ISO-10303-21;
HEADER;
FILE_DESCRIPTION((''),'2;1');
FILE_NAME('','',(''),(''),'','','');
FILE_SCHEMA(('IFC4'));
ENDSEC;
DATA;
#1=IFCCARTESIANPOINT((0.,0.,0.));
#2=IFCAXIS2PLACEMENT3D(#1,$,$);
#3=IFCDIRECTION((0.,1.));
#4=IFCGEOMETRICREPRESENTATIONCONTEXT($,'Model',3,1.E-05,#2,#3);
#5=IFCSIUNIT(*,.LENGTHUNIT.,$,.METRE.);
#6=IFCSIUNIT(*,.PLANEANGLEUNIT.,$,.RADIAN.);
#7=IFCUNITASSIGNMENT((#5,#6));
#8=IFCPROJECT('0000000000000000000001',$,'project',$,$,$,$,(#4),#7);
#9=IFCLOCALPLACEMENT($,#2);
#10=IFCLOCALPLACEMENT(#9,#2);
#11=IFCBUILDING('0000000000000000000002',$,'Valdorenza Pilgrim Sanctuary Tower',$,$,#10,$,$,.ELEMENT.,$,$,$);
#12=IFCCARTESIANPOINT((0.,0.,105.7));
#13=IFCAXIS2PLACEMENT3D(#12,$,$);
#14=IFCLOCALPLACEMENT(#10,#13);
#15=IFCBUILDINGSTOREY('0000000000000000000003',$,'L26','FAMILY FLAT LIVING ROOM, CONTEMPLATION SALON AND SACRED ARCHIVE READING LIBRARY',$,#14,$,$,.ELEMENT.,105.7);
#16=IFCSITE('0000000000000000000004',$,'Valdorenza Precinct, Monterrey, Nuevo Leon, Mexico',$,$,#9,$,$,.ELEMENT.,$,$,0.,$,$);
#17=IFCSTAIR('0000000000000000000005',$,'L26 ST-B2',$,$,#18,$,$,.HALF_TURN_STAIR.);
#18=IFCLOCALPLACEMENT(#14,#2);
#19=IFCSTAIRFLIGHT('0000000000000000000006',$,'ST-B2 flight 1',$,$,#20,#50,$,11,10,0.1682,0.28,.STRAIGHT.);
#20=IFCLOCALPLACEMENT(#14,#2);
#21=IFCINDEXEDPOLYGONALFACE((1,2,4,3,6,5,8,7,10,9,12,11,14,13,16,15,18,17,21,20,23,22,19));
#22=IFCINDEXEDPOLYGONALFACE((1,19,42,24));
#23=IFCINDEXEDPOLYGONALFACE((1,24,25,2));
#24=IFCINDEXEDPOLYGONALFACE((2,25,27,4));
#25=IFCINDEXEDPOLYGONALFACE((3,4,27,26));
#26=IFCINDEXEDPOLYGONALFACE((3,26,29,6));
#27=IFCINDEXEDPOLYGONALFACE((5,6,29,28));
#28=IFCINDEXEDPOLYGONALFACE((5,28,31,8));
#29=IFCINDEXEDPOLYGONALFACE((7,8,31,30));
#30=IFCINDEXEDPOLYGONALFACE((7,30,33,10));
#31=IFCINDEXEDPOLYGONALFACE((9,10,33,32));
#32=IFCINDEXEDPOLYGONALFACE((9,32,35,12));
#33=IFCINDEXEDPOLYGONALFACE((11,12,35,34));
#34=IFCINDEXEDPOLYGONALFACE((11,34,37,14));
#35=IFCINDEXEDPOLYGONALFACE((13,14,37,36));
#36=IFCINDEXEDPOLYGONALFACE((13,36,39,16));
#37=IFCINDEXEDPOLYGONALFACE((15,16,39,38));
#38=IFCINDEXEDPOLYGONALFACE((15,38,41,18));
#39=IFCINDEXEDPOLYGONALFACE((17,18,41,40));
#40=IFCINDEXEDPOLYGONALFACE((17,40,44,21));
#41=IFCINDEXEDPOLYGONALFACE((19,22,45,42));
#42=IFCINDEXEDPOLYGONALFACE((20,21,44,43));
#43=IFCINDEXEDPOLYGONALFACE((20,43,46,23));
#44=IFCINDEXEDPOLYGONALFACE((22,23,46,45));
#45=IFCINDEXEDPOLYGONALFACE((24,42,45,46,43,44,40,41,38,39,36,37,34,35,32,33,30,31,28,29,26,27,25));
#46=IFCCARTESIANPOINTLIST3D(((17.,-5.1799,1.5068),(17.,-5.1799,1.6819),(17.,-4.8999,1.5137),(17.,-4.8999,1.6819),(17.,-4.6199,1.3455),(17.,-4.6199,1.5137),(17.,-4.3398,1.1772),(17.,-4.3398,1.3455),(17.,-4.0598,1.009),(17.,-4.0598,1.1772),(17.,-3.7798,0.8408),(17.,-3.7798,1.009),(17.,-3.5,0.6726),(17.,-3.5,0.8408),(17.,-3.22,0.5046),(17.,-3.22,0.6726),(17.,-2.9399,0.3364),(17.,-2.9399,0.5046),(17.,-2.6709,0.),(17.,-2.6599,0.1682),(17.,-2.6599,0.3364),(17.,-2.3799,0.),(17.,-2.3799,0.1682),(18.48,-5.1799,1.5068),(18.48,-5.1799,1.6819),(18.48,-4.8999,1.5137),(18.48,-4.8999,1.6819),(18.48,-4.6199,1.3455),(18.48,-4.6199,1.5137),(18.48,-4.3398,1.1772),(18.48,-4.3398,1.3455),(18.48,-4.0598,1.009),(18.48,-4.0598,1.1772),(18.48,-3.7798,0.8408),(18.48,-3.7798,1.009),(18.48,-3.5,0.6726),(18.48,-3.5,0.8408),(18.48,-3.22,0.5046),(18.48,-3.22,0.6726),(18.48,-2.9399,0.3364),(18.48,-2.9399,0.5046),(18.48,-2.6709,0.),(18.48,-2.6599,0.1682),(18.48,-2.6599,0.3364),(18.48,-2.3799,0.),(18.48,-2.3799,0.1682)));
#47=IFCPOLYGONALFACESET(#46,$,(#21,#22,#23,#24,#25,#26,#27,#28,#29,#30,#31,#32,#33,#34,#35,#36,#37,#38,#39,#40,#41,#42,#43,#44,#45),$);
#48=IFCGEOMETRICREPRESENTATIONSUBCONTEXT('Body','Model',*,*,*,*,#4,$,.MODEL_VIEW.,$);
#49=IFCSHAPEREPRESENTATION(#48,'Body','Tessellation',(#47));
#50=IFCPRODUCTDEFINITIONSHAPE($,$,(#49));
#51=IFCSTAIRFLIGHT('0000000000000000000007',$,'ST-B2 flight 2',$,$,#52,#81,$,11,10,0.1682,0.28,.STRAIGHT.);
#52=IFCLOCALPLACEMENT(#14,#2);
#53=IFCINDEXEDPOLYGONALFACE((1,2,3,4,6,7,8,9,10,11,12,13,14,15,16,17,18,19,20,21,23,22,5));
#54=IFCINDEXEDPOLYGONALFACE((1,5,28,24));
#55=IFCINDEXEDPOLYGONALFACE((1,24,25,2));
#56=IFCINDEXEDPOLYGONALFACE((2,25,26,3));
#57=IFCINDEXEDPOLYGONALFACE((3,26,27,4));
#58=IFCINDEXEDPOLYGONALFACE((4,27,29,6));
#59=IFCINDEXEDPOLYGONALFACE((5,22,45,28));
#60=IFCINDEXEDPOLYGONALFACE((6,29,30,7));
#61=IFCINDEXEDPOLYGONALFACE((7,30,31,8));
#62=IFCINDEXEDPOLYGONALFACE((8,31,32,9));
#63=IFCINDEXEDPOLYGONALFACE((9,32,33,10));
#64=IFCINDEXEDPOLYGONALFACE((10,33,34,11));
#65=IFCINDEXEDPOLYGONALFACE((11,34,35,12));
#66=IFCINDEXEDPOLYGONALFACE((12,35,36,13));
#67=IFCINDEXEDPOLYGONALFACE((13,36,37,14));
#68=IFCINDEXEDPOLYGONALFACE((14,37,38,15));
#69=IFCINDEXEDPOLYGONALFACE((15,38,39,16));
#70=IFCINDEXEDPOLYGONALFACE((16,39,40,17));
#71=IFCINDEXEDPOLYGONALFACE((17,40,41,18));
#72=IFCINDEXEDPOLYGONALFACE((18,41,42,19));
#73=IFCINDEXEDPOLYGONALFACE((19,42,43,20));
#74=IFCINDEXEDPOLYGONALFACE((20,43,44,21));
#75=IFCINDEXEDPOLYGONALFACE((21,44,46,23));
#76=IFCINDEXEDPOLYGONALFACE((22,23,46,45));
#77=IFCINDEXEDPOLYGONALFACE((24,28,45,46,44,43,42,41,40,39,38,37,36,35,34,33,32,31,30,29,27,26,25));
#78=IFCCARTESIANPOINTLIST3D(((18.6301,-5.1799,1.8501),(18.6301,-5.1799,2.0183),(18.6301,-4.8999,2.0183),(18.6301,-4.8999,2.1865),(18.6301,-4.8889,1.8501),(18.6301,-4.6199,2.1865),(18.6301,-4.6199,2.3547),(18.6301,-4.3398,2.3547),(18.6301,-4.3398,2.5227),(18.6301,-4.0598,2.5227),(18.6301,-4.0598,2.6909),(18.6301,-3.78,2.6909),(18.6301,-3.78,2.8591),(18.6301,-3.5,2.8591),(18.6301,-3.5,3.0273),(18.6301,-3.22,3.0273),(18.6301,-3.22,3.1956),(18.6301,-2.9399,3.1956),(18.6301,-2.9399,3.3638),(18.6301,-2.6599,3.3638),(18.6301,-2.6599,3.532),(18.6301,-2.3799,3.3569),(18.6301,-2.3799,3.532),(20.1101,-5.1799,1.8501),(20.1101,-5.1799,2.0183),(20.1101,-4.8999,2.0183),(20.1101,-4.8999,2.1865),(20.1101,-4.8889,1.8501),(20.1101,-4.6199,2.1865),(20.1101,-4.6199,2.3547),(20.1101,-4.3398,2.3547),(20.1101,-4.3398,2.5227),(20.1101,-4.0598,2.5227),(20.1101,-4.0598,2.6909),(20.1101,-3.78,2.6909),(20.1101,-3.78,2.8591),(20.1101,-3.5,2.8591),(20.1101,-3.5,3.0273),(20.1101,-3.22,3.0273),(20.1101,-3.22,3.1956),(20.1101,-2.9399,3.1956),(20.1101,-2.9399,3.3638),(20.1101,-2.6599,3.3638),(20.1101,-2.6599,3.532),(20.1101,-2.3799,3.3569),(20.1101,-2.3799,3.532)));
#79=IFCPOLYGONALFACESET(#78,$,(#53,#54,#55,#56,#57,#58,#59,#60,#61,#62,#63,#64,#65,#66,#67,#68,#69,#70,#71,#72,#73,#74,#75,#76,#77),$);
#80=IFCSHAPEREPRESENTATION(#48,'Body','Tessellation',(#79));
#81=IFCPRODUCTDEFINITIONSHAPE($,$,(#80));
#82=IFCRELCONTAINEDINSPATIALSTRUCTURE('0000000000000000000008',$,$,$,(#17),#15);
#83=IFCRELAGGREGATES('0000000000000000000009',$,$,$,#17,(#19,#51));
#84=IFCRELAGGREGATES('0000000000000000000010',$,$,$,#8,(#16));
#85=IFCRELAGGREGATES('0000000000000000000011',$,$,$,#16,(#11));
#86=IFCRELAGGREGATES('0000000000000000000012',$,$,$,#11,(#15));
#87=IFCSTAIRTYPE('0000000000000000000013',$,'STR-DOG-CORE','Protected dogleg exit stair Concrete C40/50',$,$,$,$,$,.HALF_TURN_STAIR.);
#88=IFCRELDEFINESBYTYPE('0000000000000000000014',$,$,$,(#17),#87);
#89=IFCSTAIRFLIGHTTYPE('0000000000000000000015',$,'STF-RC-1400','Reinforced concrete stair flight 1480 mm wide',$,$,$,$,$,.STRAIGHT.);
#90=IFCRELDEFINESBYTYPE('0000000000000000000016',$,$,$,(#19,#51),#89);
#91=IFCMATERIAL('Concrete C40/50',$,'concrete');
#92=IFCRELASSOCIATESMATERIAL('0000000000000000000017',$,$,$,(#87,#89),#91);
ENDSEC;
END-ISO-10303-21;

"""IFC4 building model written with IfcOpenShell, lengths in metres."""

from ifc_helpers import new_model, si_unit, direction, frame, origin, place, context, subcontext, project, spatial, polyline, outline, extrude, material, type_object, element, aggregate, save


model = new_model("IFC4")

# Units and contexts
model_context = context("Model", 3, precision=1e-05, world=origin(), true_north=direction((0.0, 1.0)))
body_context = subcontext(model_context, "Body", "Model", "MODEL_VIEW")
ifc_project = project(units=[si_unit("LENGTHUNIT", "METRE"), si_unit("PLANEANGLEUNIT", "RADIAN")], contexts=[model_context])

# Site, building, storey
site_placement = place(None, origin())
site = spatial("IfcSite", under=ifc_project, at=site_placement, Name="Valdorenza Precinct, Monterrey, Nuevo Leon, Mexico", CompositionType="ELEMENT", RefElevation=0.0)
building_placement = place(site_placement, origin())
building = spatial("IfcBuilding", under=site, at=building_placement, Name="Valdorenza Pilgrim Sanctuary Tower", CompositionType="ELEMENT")
storey_placement = place(building_placement, frame((0.0, 0.0, 105.7)))
storey = spatial("IfcBuildingStorey", under=building, at=storey_placement, Name="L26", Description="FAMILY FLAT LIVING ROOM, CONTEMPLATION SALON AND SACRED ARCHIVE READING LIBRARY", CompositionType="ELEMENT", Elevation=105.7)

# Shared definitions
ifc_material_1 = material(Name="Concrete C40/50", Category="concrete")

# Stair, stair flights
stair_type = type_object("IfcStairType", Name="STR-DOG-CORE", Description="Protected dogleg exit stair Concrete C40/50", PredefinedType="HALF_TURN_STAIR", material=ifc_material_1)
stair_placement = place(storey_placement, origin())
stair = element("IfcStair", 1, at=stair_placement, inside=storey, type_object=stair_type, Name="L26 ST-B2", PredefinedType="HALF_TURN_STAIR")
stair_flight_type = type_object("IfcStairFlightType", Name="STF-RC-1400", Description="Reinforced concrete stair flight 1480 mm wide", PredefinedType="STRAIGHT", material=ifc_material_1)
stair_flight_1_placement = place(storey_placement, frame((17.74, -2.3799, 0.0), z_axis=(0.0, 0.0, 1.0), x_axis=(0.0, -1.0, 0.0)))
stair_flight_1 = element("IfcStairFlight", 2, at=stair_flight_1_placement, type_object=stair_flight_type, Name="ST-B2 flight 1", NumberOfRisers=11, NumberOfTreads=10, PredefinedType="STRAIGHT", RiserHeight=0.1682, TreadLength=0.28, context=body_context, shape_type="SweptSolid", body=[
    extrude(outline(polyline([(0.0, 0.0), (0.0, 0.1682), (0.28, 0.1682), (0.28, 0.3364), (0.5601, 0.3364), (0.5601, 0.5046), (0.8401, 0.5046), (0.8401, 0.6726), (1.1201, 0.6726), (1.1201, 0.8408), (1.3999, 0.8408), (1.3999, 1.009), (1.6799, 1.009), (1.6799, 1.1772), (1.96, 1.1772), (1.96, 1.3455), (2.24, 1.3455), (2.24, 1.5137), (2.52, 1.5137), (2.52, 1.6819), (2.8, 1.6819), (2.8, 1.8501), (2.8, 1.5068), (0.291, 0.0), (0.0, 0.0)])), frame((0.0, 0.74, 0.0), z_axis=(0.0, -1.0, 0.0), x_axis=(1.0, 0.0, 0.0)), (0.0, 0.0, 1.0), 1.48),
])
stair_flight_2_placement = place(storey_placement, frame((19.3701, -5.1799, 1.8501), z_axis=(0.0, 0.0, 1.0), x_axis=(0.0, 1.0, 0.0)))
stair_flight_2 = element("IfcStairFlight", 3, at=stair_flight_2_placement, type_object=stair_flight_type, Name="ST-B2 flight 2", NumberOfRisers=11, NumberOfTreads=10, PredefinedType="STRAIGHT", RiserHeight=0.1682, TreadLength=0.28, context=body_context, shape_type="SweptSolid", body=[
    extrude(outline(polyline([(0.0, 0.0), (0.0, 0.1682), (0.28, 0.1682), (0.28, 0.3364), (0.5601, 0.3364), (0.5601, 0.5046), (0.8401, 0.5046), (0.8401, 0.6726), (1.1201, 0.6726), (1.1201, 0.8408), (1.3999, 0.8408), (1.3999, 1.009), (1.6799, 1.009), (1.6799, 1.1772), (1.96, 1.1772), (1.96, 1.3455), (2.24, 1.3455), (2.24, 1.5137), (2.52, 1.5137), (2.52, 1.6819), (2.8, 1.6819), (2.8, 1.8501), (2.8, 1.5068), (0.291, 0.0), (0.0, 0.0)])), frame((0.0, 0.74, 0.0), z_axis=(0.0, -1.0, 0.0), x_axis=(1.0, 0.0, 0.0)), (0.0, 0.0, 1.0), 1.48),
])
aggregate(stair, [stair_flight_1, stair_flight_2])

save(model, "model.ifc")
